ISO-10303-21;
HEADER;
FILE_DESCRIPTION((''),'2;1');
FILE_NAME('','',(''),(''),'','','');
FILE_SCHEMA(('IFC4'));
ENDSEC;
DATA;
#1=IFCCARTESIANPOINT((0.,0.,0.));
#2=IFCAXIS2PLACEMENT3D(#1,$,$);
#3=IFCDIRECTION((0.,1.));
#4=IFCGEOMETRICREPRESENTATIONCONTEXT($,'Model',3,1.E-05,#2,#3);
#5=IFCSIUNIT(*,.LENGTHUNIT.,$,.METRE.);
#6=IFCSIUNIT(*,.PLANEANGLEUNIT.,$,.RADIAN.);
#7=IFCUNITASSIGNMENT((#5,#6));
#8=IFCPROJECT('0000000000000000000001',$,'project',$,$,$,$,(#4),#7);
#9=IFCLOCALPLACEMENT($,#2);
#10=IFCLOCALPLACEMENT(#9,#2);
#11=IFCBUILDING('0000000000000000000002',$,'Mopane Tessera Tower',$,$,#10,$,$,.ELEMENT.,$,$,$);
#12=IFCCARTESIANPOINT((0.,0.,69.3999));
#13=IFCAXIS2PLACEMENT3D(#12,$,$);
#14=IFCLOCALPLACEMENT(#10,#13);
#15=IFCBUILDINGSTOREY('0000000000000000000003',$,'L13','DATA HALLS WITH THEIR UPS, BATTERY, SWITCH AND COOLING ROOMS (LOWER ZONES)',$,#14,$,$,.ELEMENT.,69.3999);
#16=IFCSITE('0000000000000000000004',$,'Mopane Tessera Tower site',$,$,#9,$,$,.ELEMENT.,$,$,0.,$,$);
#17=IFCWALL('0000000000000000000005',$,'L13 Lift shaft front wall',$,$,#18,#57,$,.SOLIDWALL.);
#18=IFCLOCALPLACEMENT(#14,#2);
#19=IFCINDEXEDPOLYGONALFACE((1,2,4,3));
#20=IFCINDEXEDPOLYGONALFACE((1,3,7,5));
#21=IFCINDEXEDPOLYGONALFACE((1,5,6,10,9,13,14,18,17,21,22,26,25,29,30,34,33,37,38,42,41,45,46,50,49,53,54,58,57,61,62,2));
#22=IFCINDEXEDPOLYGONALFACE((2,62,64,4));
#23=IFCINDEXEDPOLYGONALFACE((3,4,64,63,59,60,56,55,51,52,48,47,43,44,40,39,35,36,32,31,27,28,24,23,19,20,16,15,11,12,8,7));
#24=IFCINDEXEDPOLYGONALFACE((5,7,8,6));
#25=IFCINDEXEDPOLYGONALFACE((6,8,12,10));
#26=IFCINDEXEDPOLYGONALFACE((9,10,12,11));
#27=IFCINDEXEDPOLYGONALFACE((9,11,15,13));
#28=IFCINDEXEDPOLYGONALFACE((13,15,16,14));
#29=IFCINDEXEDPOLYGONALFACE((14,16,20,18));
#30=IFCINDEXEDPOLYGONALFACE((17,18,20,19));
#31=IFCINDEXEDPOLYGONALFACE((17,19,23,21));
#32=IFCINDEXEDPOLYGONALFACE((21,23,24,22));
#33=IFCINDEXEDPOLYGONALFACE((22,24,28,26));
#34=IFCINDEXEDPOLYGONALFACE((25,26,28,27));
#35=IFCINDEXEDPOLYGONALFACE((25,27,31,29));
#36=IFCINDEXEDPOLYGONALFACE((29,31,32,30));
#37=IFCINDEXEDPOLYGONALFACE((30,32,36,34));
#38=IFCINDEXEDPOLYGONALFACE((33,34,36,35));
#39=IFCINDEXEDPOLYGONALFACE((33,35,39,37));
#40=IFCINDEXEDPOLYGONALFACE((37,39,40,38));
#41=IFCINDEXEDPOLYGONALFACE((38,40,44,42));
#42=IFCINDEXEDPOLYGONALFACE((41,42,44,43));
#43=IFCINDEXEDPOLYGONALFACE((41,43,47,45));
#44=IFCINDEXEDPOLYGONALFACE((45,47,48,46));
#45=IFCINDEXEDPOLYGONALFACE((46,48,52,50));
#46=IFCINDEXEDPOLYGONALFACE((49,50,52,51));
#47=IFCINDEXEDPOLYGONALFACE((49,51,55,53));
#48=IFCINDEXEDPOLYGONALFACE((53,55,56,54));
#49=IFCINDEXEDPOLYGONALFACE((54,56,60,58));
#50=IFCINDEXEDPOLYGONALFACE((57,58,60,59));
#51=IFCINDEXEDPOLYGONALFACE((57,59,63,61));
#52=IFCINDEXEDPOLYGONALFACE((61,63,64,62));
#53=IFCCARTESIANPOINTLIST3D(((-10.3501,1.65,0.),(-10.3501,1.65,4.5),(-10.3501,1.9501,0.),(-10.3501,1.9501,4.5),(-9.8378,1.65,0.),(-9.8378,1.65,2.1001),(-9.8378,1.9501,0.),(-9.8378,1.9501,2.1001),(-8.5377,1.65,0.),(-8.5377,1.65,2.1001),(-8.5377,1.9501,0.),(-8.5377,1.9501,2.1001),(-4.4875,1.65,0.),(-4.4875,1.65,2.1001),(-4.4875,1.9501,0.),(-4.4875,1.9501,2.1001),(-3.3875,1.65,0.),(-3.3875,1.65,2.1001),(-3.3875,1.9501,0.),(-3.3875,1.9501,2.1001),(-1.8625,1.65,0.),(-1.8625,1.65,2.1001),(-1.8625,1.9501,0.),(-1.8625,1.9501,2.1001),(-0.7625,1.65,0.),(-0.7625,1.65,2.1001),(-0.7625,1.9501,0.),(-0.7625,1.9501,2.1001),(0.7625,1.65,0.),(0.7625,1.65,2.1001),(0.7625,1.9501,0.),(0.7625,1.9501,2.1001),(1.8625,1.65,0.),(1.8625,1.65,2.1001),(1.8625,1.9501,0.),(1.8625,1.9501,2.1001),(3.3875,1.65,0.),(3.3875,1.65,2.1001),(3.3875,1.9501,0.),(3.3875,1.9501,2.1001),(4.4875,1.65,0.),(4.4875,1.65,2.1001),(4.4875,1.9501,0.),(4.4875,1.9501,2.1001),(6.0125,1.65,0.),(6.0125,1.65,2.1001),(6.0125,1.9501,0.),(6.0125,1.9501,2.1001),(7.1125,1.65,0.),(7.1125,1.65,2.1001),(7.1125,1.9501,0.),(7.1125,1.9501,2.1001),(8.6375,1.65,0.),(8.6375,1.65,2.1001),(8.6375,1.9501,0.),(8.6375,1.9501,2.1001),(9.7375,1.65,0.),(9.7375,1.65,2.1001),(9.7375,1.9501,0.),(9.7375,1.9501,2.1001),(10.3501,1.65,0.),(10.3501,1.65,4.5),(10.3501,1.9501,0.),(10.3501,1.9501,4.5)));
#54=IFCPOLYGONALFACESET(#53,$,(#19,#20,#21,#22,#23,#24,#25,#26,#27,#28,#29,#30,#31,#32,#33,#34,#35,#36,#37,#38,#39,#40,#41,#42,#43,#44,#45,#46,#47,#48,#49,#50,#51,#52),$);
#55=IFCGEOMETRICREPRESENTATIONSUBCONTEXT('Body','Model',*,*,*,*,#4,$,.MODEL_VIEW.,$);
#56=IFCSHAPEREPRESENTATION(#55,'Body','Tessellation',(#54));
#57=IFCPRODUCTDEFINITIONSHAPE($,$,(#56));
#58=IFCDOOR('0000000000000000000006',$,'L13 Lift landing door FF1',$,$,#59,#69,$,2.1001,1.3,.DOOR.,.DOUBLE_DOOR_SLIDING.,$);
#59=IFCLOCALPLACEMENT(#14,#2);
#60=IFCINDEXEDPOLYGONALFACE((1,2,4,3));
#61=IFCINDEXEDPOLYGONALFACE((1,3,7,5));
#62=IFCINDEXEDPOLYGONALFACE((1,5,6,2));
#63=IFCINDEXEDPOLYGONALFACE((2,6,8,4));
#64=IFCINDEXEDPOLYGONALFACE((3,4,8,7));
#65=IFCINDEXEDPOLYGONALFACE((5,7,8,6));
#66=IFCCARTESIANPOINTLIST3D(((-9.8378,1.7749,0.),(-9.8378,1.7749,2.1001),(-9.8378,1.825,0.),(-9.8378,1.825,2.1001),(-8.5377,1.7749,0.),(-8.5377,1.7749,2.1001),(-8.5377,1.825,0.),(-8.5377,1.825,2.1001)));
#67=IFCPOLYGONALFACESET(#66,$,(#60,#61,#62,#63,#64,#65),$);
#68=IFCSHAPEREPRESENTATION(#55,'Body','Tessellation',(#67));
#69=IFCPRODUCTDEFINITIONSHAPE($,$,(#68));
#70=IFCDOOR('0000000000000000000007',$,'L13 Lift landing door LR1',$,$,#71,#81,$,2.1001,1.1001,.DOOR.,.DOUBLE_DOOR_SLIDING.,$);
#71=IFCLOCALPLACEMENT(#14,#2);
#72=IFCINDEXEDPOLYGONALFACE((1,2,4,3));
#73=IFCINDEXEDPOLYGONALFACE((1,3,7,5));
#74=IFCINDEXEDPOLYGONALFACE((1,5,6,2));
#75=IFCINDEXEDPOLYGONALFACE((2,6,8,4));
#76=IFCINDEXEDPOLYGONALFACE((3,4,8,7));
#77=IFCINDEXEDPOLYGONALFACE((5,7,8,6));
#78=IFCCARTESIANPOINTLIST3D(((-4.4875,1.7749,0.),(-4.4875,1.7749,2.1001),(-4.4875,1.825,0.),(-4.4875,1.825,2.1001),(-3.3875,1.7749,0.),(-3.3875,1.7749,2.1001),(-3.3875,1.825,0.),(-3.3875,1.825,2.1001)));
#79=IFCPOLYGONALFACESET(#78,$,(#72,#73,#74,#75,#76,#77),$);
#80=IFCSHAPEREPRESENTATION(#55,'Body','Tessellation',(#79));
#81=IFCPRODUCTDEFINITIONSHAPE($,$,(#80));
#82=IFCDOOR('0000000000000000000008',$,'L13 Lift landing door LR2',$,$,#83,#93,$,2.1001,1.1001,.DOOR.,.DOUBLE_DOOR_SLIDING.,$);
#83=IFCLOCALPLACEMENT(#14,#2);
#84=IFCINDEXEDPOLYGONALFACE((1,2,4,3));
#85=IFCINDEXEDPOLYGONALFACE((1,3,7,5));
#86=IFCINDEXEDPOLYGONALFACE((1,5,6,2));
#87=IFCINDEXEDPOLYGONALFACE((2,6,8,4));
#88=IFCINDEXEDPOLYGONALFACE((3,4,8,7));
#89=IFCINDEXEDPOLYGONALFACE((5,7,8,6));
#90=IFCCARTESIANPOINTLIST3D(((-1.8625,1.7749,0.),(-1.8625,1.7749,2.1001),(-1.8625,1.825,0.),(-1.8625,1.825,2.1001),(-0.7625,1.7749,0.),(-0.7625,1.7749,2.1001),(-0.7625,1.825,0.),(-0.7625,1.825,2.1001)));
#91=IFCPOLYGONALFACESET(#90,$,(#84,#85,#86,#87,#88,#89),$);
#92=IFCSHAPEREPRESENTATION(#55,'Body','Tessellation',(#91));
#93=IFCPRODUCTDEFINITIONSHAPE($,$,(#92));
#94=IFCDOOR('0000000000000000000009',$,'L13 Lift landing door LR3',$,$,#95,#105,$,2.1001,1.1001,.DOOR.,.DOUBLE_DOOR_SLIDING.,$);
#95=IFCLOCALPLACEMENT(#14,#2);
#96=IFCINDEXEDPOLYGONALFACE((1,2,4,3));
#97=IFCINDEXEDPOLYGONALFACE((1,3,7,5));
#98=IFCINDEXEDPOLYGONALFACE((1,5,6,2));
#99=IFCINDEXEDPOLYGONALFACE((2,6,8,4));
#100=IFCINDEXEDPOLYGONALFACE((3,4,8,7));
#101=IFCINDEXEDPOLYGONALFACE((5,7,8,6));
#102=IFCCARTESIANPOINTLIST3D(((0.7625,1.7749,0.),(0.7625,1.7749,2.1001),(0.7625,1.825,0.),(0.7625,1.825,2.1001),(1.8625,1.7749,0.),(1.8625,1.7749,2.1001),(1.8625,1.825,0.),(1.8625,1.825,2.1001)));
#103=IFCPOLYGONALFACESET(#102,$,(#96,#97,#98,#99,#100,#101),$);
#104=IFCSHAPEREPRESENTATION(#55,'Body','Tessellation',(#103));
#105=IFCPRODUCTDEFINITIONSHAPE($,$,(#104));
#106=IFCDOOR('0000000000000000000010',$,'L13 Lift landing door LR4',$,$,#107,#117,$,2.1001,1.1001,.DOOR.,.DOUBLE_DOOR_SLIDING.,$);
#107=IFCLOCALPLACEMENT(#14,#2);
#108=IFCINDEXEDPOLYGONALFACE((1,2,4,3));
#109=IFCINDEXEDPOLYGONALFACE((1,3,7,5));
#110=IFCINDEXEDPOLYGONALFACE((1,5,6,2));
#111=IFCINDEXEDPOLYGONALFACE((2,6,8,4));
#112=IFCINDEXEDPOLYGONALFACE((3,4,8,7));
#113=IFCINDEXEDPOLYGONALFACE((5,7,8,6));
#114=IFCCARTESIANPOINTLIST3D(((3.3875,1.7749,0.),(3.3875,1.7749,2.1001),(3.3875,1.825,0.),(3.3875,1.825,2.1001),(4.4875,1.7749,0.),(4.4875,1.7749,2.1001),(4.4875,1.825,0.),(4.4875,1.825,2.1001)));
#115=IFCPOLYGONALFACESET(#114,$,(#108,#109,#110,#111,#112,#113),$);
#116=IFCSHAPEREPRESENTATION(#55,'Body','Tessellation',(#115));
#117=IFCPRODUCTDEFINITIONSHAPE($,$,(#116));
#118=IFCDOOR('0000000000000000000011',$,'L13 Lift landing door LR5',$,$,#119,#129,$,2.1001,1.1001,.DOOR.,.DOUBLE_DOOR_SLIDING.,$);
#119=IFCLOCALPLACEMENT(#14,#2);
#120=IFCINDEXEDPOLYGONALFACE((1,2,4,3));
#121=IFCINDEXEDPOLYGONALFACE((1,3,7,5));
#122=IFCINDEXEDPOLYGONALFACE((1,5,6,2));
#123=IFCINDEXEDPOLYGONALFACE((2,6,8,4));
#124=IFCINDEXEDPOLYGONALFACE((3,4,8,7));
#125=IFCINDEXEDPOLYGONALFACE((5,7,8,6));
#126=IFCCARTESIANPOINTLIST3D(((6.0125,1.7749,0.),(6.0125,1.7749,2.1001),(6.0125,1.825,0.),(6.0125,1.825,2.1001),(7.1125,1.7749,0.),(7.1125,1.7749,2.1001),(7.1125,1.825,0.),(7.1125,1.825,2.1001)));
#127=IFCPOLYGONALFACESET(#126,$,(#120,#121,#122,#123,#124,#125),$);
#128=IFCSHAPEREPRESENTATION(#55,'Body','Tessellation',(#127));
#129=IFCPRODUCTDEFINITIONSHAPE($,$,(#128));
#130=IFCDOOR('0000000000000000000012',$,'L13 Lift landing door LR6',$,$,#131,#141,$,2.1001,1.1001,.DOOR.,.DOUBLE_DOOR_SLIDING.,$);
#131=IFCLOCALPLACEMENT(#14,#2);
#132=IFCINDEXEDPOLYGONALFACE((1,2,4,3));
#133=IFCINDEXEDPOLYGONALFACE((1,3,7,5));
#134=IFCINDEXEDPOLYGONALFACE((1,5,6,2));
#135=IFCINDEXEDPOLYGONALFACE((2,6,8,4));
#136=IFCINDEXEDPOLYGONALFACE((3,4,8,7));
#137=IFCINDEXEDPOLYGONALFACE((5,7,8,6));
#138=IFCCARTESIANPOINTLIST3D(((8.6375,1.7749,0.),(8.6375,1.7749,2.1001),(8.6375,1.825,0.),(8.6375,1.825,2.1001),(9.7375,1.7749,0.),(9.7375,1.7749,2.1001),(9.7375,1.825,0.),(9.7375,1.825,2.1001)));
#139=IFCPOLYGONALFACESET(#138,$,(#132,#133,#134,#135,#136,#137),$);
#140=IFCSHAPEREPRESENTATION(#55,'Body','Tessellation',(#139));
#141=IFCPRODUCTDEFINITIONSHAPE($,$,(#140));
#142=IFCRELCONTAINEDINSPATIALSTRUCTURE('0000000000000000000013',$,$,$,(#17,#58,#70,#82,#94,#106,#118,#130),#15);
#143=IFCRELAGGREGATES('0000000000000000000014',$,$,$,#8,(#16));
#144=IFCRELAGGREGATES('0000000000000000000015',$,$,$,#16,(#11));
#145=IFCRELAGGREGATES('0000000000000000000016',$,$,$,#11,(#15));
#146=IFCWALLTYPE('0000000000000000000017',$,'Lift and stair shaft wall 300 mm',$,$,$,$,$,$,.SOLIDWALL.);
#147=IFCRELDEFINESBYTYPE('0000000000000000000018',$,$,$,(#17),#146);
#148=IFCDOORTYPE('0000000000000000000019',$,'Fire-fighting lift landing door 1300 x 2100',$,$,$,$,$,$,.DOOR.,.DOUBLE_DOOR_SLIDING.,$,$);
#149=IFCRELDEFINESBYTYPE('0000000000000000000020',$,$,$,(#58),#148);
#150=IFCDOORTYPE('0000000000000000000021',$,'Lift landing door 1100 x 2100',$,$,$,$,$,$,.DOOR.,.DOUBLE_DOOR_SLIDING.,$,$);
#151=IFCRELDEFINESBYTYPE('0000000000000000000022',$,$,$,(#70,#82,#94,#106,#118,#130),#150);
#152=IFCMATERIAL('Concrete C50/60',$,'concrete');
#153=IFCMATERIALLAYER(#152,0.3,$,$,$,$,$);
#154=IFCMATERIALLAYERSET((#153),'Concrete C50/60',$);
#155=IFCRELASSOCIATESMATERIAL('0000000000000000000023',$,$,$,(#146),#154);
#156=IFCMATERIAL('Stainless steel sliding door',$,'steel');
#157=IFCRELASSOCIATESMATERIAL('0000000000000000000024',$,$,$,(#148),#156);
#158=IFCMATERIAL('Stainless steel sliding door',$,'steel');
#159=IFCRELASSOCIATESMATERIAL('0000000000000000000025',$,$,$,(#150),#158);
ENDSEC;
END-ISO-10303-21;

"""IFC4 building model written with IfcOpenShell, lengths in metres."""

from ifc_helpers import new_model, si_unit, direction, frame, frame_2d, origin, place, context, subcontext, project, spatial, rectangle, extrude, material, layer, layer_set, type_object, element, fill, save


model = new_model("IFC4")

# Units and contexts
model_context = context("Model", 3, precision=1e-05, world=origin(), true_north=direction((0.0, 1.0)))
body_context = subcontext(model_context, "Body", "Model", "MODEL_VIEW")
ifc_project = project(units=[si_unit("LENGTHUNIT", "METRE"), si_unit("PLANEANGLEUNIT", "RADIAN")], contexts=[model_context])

# Site, building, storey
site_placement = place(None, origin())
site = spatial("IfcSite", under=ifc_project, at=site_placement, Name="Mopane Tessera Tower site", CompositionType="ELEMENT", RefElevation=0.0)
building_placement = place(site_placement, origin())
building = spatial("IfcBuilding", under=site, at=building_placement, Name="Mopane Tessera Tower", CompositionType="ELEMENT")
storey_placement = place(building_placement, frame((0.0, 0.0, 69.3999)))
storey = spatial("IfcBuildingStorey", under=building, at=storey_placement, Name="L13", Description="DATA HALLS WITH THEIR UPS, BATTERY, SWITCH AND COOLING ROOMS (LOWER ZONES)", CompositionType="ELEMENT", Elevation=69.3999)

# Wall, openings, doors
ifc_material_1 = material(Name="Concrete C50/60", Category="concrete")
ifc_layer_1 = layer(ifc_material_1, 0.3)
ifc_layer_set_1 = layer_set([ifc_layer_1], Name="Concrete C50/60")
wall_type_1 = type_object("IfcWallType", Name="Lift and stair shaft wall 300 mm", PredefinedType="SOLIDWALL", material=ifc_layer_set_1)
wall_1_placement = place(storey_placement, frame((-10.3501, 1.8, 0.0), z_axis=(0.0, 0.0, 1.0), x_axis=(1.0, 0.0, 0.0)))
wall_1 = element("IfcWall", 1, at=wall_1_placement, inside=storey, type_object=wall_type_1, Name="L13 Lift shaft front wall", PredefinedType="SOLIDWALL", context=body_context, shape_type="SweptSolid", body=[
    extrude(rectangle(XDim=20.7002, YDim=0.3, at=frame_2d((10.3501, 0.0))), origin(), (0.0, 0.0, 1.0), 4.5),
])
opening_1_placement = place(wall_1_placement, frame((0.5125, 0.0, 0.0)))
opening_1 = element("IfcOpeningElement", 2, at=opening_1_placement, cuts=wall_1, PredefinedType="OPENING", context=body_context, shape_type="SweptSolid", body=[
    extrude(rectangle(XDim=1.3, YDim=2.1001, at=frame_2d((0.6499, 1.05))), frame((0.0, 0.1621, 0.0), z_axis=(0.0, -1.0, 0.0), x_axis=(1.0, 0.0, 0.0)), (0.0, 0.0, 1.0), 0.324),
])
opening_2_placement = place(wall_1_placement, frame((5.8625, 0.0, 0.0)))
opening_2 = element("IfcOpeningElement", 3, at=opening_2_placement, cuts=wall_1, PredefinedType="OPENING", context=body_context, shape_type="SweptSolid", body=[
    extrude(rectangle(XDim=1.1001, YDim=2.1001, at=frame_2d((0.55, 1.05))), frame((0.0, 0.1621, 0.0), z_axis=(0.0, -1.0, 0.0), x_axis=(1.0, 0.0, 0.0)), (0.0, 0.0, 1.0), 0.324),
])
opening_3_placement = place(wall_1_placement, frame((8.4875, 0.0, 0.0)))
opening_3 = element("IfcOpeningElement", 4, at=opening_3_placement, cuts=wall_1, PredefinedType="OPENING", context=body_context, shape_type="SweptSolid", body=[
    extrude(rectangle(XDim=1.1001, YDim=2.1001, at=frame_2d((0.55, 1.05))), frame((0.0, 0.1621, 0.0), z_axis=(0.0, -1.0, 0.0), x_axis=(1.0, 0.0, 0.0)), (0.0, 0.0, 1.0), 0.324),
])
opening_4_placement = place(wall_1_placement, frame((11.1125, 0.0, 0.0)))
opening_4 = element("IfcOpeningElement", 5, at=opening_4_placement, cuts=wall_1, PredefinedType="OPENING", context=body_context, shape_type="SweptSolid", body=[
    extrude(rectangle(XDim=1.1001, YDim=2.1001, at=frame_2d((0.55, 1.05))), frame((0.0, 0.1621, 0.0), z_axis=(0.0, -1.0, 0.0), x_axis=(1.0, 0.0, 0.0)), (0.0, 0.0, 1.0), 0.324),
])
opening_5_placement = place(wall_1_placement, frame((13.7375, 0.0, 0.0)))
opening_5 = element("IfcOpeningElement", 6, at=opening_5_placement, cuts=wall_1, PredefinedType="OPENING", context=body_context, shape_type="SweptSolid", body=[
    extrude(rectangle(XDim=1.1001, YDim=2.1001, at=frame_2d((0.55, 1.05))), frame((0.0, 0.1621, 0.0), z_axis=(0.0, -1.0, 0.0), x_axis=(1.0, 0.0, 0.0)), (0.0, 0.0, 1.0), 0.324),
])
opening_6_placement = place(wall_1_placement, frame((16.3625, 0.0, 0.0)))
opening_6 = element("IfcOpeningElement", 7, at=opening_6_placement, cuts=wall_1, PredefinedType="OPENING", context=body_context, shape_type="SweptSolid", body=[
    extrude(rectangle(XDim=1.1001, YDim=2.1001, at=frame_2d((0.55, 1.05))), frame((0.0, 0.1621, 0.0), z_axis=(0.0, -1.0, 0.0), x_axis=(1.0, 0.0, 0.0)), (0.0, 0.0, 1.0), 0.324),
])
opening_7_placement = place(wall_1_placement, frame((18.9875, 0.0, 0.0)))
opening_7 = element("IfcOpeningElement", 8, at=opening_7_placement, cuts=wall_1, PredefinedType="OPENING", context=body_context, shape_type="SweptSolid", body=[
    extrude(rectangle(XDim=1.1001, YDim=2.1001, at=frame_2d((0.55, 1.05))), frame((0.0, 0.1621, 0.0), z_axis=(0.0, -1.0, 0.0), x_axis=(1.0, 0.0, 0.0)), (0.0, 0.0, 1.0), 0.324),
])
ifc_material_2 = material(Name="Stainless steel sliding door", Category="steel")
door_type_1 = type_object("IfcDoorType", Name="Fire-fighting lift landing door 1300 x 2100", OperationType="DOUBLE_DOOR_SLIDING", PredefinedType="DOOR", material=ifc_material_2)
door_1_placement = place(opening_1_placement, origin())
door_1 = element("IfcDoor", 9, at=door_1_placement, inside=storey, type_object=door_type_1, Name="L13 Lift landing door FF1", OperationType="DOUBLE_DOOR_SLIDING", OverallHeight=2.1001, OverallWidth=1.3, PredefinedType="DOOR", context=body_context, shape_type="SweptSolid", body=[
    extrude(rectangle(XDim=1.3, YDim=2.1001, at=frame_2d((0.6499, 1.05))), frame((0.0, 0.0249, 0.0), z_axis=(0.0, -1.0, 0.0), x_axis=(1.0, 0.0, 0.0)), (0.0, 0.0, 1.0), 0.05),
])
fill(opening_1, door_1)
ifc_material_3 = material(Name="Stainless steel sliding door", Category="steel")
door_type_2 = type_object("IfcDoorType", Name="Lift landing door 1100 x 2100", OperationType="DOUBLE_DOOR_SLIDING", PredefinedType="DOOR", material=ifc_material_3)
door_2_placement = place(opening_2_placement, origin())
door_2 = element("IfcDoor", 10, at=door_2_placement, inside=storey, type_object=door_type_2, Name="L13 Lift landing door LR1", OperationType="DOUBLE_DOOR_SLIDING", OverallHeight=2.1001, OverallWidth=1.1001, PredefinedType="DOOR", context=body_context, shape_type="SweptSolid", body=[
    extrude(rectangle(XDim=1.1001, YDim=2.1001, at=frame_2d((0.55, 1.05))), frame((0.0, 0.0249, 0.0), z_axis=(0.0, -1.0, 0.0), x_axis=(1.0, 0.0, 0.0)), (0.0, 0.0, 1.0), 0.05),
])
fill(opening_2, door_2)
door_3_placement = place(opening_3_placement, origin())
door_3 = element("IfcDoor", 11, at=door_3_placement, inside=storey, type_object=door_type_2, Name="L13 Lift landing door LR2", OperationType="DOUBLE_DOOR_SLIDING", OverallHeight=2.1001, OverallWidth=1.1001, PredefinedType="DOOR", context=body_context, shape_type="SweptSolid", body=[
    extrude(rectangle(XDim=1.1001, YDim=2.1001, at=frame_2d((0.55, 1.05))), frame((0.0, 0.0249, 0.0), z_axis=(0.0, -1.0, 0.0), x_axis=(1.0, 0.0, 0.0)), (0.0, 0.0, 1.0), 0.05),
])
fill(opening_3, door_3)
door_4_placement = place(opening_4_placement, origin())
door_4 = element("IfcDoor", 12, at=door_4_placement, inside=storey, type_object=door_type_2, Name="L13 Lift landing door LR3", OperationType="DOUBLE_DOOR_SLIDING", OverallHeight=2.1001, OverallWidth=1.1001, PredefinedType="DOOR", context=body_context, shape_type="SweptSolid", body=[
    extrude(rectangle(XDim=1.1001, YDim=2.1001, at=frame_2d((0.55, 1.05))), frame((0.0, 0.0249, 0.0), z_axis=(0.0, -1.0, 0.0), x_axis=(1.0, 0.0, 0.0)), (0.0, 0.0, 1.0), 0.05),
])
fill(opening_4, door_4)
door_5_placement = place(opening_5_placement, origin())
door_5 = element("IfcDoor", 13, at=door_5_placement, inside=storey, type_object=door_type_2, Name="L13 Lift landing door LR4", OperationType="DOUBLE_DOOR_SLIDING", OverallHeight=2.1001, OverallWidth=1.1001, PredefinedType="DOOR", context=body_context, shape_type="SweptSolid", body=[
    extrude(rectangle(XDim=1.1001, YDim=2.1001, at=frame_2d((0.55, 1.05))), frame((0.0, 0.0249, 0.0), z_axis=(0.0, -1.0, 0.0), x_axis=(1.0, 0.0, 0.0)), (0.0, 0.0, 1.0), 0.05),
])
fill(opening_5, door_5)
door_6_placement = place(opening_6_placement, origin())
door_6 = element("IfcDoor", 14, at=door_6_placement, inside=storey, type_object=door_type_2, Name="L13 Lift landing door LR5", OperationType="DOUBLE_DOOR_SLIDING", OverallHeight=2.1001, OverallWidth=1.1001, PredefinedType="DOOR", context=body_context, shape_type="SweptSolid", body=[
    extrude(rectangle(XDim=1.1001, YDim=2.1001, at=frame_2d((0.55, 1.05))), frame((0.0, 0.0249, 0.0), z_axis=(0.0, -1.0, 0.0), x_axis=(1.0, 0.0, 0.0)), (0.0, 0.0, 1.0), 0.05),
])
fill(opening_6, door_6)
door_7_placement = place(opening_7_placement, origin())
door_7 = element("IfcDoor", 15, at=door_7_placement, inside=storey, type_object=door_type_2, Name="L13 Lift landing door LR6", OperationType="DOUBLE_DOOR_SLIDING", OverallHeight=2.1001, OverallWidth=1.1001, PredefinedType="DOOR", context=body_context, shape_type="SweptSolid", body=[
    extrude(rectangle(XDim=1.1001, YDim=2.1001, at=frame_2d((0.55, 1.05))), frame((0.0, 0.0249, 0.0), z_axis=(0.0, -1.0, 0.0), x_axis=(1.0, 0.0, 0.0)), (0.0, 0.0, 1.0), 0.05),
])
fill(opening_7, door_7)

save(model, "model.ifc")
